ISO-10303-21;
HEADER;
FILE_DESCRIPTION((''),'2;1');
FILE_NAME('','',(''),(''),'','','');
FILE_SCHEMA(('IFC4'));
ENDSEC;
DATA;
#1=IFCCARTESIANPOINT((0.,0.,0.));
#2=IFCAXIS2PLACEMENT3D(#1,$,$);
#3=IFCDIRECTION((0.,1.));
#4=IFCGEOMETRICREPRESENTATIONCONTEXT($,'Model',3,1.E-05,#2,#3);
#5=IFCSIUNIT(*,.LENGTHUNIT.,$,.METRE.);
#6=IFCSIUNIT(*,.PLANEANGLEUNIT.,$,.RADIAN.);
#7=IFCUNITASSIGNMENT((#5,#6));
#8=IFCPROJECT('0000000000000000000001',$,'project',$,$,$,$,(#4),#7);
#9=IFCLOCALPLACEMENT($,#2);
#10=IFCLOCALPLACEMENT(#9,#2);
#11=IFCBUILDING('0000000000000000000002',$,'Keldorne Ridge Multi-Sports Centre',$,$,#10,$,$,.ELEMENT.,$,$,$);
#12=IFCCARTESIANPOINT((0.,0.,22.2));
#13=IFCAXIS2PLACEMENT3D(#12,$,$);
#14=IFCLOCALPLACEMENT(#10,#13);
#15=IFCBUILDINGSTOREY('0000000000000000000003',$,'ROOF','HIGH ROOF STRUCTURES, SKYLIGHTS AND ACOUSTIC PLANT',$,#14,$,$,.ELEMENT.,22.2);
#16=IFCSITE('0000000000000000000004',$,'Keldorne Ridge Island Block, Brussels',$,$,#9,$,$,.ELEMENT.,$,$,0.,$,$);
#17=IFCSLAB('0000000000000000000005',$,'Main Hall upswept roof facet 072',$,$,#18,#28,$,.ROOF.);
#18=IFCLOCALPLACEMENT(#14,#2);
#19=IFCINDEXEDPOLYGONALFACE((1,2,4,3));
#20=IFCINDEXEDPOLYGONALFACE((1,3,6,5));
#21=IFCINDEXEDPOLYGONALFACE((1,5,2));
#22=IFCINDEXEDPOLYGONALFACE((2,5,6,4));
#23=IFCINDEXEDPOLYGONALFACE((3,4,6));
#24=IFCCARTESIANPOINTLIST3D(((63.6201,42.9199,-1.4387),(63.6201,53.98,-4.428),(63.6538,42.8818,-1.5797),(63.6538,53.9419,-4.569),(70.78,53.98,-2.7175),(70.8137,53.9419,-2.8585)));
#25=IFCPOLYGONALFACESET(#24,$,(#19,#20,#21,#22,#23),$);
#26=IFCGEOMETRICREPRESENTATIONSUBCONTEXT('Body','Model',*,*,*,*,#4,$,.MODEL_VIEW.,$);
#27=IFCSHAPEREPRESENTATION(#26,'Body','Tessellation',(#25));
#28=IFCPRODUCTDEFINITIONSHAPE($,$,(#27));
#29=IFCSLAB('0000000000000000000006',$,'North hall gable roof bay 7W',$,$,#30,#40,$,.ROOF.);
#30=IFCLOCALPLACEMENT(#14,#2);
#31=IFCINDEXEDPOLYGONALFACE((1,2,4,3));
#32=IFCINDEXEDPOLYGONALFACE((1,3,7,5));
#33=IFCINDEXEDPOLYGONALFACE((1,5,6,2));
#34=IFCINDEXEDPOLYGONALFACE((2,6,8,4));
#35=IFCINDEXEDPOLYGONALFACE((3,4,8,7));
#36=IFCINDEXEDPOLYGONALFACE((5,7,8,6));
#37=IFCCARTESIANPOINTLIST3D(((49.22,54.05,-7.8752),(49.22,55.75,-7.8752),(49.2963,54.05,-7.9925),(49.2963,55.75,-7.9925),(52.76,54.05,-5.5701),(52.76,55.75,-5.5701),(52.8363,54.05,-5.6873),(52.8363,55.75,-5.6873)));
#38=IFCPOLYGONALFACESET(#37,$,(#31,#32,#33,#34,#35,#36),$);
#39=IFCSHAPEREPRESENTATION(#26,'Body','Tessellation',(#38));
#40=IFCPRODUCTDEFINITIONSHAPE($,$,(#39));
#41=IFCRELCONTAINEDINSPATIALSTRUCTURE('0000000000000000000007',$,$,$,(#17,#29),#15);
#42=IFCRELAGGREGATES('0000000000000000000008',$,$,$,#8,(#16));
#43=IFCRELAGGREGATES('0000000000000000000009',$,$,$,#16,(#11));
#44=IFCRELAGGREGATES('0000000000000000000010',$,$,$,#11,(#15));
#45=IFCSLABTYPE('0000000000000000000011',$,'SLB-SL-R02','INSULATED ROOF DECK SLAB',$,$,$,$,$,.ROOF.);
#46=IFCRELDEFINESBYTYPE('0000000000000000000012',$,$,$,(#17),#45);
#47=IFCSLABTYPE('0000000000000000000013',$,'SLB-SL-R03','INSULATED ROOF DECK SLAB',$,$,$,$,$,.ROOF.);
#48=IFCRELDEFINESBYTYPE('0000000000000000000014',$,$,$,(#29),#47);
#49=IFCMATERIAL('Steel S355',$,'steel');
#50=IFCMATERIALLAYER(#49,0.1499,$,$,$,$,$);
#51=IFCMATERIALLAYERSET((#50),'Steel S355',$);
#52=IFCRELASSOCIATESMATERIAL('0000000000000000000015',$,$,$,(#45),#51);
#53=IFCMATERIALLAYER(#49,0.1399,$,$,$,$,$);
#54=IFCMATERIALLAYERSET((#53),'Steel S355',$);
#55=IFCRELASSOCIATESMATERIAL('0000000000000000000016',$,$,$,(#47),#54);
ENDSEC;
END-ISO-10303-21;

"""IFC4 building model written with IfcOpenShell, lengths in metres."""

from ifc_helpers import new_model, si_unit, direction, frame, origin, place, context, subcontext, project, spatial, polyline, outline, extrude, material, layer, layer_set, type_object, element, save


model = new_model("IFC4")

# Units and contexts
model_context = context("Model", 3, precision=1e-05, world=origin(), true_north=direction((0.0, 1.0)))
body_context = subcontext(model_context, "Body", "Model", "MODEL_VIEW")
ifc_project = project(units=[si_unit("LENGTHUNIT", "METRE"), si_unit("PLANEANGLEUNIT", "RADIAN")], contexts=[model_context])

# Site, building, storey
site_placement = place(None, origin())
site = spatial("IfcSite", under=ifc_project, at=site_placement, Name="Keldorne Ridge Island Block, Brussels", CompositionType="ELEMENT", RefElevation=0.0)
building_placement = place(site_placement, origin())
building = spatial("IfcBuilding", under=site, at=building_placement, Name="Keldorne Ridge Multi-Sports Centre", CompositionType="ELEMENT")
storey_placement = place(building_placement, frame((0.0, 0.0, 22.2)))
storey = spatial("IfcBuildingStorey", under=building, at=storey_placement, Name="ROOF", Description="HIGH ROOF STRUCTURES, SKYLIGHTS AND ACOUSTIC PLANT", CompositionType="ELEMENT", Elevation=22.2)

# Shared definitions
ifc_material = material(Name="Steel S355", Category="steel")

# Slabs
ifc_layer_1 = layer(ifc_material, 0.1499)
ifc_layer_set_1 = layer_set([ifc_layer_1], Name="Steel S355")
slab_type_1 = type_object("IfcSlabType", Name="SLB-SL-R02", Description="INSULATED ROOF DECK SLAB", PredefinedType="ROOF", material=ifc_layer_set_1)
slab_1_placement = place(storey_placement, frame((63.6201, 42.9199, -1.4387), z_axis=(-0.224719, 0.25424, 0.940672), x_axis=(0.540892, 0.835526, -0.096607)))
element("IfcSlab", 1, at=slab_1_placement, inside=storey, type_object=slab_type_1, Name="Main Hall upswept roof facet 072", PredefinedType="ROOF", context=body_context, shape_type="SweptSolid", body=[
    extrude(outline(polyline([(0.0, 0.0), (13.2372, 0.0), (9.5297, 6.3596), (0.0, 0.0)])), origin(), (0.0, 0.0, -1.0), 0.1499),
])
ifc_layer_2 = layer(ifc_material, 0.1399)
ifc_layer_set_2 = layer_set([ifc_layer_2], Name="Steel S355")
slab_type_2 = type_object("IfcSlabType", Name="SLB-SL-R03", Description="INSULATED ROOF DECK SLAB", PredefinedType="ROOF", material=ifc_layer_set_2)
slab_2_placement = place(storey_placement, frame((49.22, 54.05, -7.8752), z_axis=(-0.545679, 0.0, 0.837994), x_axis=(0.837994, 0.0, 0.545679)))
element("IfcSlab", 2, at=slab_2_placement, inside=storey, type_object=slab_type_2, Name="North hall gable roof bay 7W", PredefinedType="ROOF", context=body_context, shape_type="SweptSolid", body=[
    extrude(outline(polyline([(0.0, 0.0), (4.2244, 0.0), (4.2244, 1.7), (0.0, 1.7), (0.0, 0.0)])), origin(), (0.0, 0.0, -1.0), 0.1399),
])

save(model, "model.ifc")
